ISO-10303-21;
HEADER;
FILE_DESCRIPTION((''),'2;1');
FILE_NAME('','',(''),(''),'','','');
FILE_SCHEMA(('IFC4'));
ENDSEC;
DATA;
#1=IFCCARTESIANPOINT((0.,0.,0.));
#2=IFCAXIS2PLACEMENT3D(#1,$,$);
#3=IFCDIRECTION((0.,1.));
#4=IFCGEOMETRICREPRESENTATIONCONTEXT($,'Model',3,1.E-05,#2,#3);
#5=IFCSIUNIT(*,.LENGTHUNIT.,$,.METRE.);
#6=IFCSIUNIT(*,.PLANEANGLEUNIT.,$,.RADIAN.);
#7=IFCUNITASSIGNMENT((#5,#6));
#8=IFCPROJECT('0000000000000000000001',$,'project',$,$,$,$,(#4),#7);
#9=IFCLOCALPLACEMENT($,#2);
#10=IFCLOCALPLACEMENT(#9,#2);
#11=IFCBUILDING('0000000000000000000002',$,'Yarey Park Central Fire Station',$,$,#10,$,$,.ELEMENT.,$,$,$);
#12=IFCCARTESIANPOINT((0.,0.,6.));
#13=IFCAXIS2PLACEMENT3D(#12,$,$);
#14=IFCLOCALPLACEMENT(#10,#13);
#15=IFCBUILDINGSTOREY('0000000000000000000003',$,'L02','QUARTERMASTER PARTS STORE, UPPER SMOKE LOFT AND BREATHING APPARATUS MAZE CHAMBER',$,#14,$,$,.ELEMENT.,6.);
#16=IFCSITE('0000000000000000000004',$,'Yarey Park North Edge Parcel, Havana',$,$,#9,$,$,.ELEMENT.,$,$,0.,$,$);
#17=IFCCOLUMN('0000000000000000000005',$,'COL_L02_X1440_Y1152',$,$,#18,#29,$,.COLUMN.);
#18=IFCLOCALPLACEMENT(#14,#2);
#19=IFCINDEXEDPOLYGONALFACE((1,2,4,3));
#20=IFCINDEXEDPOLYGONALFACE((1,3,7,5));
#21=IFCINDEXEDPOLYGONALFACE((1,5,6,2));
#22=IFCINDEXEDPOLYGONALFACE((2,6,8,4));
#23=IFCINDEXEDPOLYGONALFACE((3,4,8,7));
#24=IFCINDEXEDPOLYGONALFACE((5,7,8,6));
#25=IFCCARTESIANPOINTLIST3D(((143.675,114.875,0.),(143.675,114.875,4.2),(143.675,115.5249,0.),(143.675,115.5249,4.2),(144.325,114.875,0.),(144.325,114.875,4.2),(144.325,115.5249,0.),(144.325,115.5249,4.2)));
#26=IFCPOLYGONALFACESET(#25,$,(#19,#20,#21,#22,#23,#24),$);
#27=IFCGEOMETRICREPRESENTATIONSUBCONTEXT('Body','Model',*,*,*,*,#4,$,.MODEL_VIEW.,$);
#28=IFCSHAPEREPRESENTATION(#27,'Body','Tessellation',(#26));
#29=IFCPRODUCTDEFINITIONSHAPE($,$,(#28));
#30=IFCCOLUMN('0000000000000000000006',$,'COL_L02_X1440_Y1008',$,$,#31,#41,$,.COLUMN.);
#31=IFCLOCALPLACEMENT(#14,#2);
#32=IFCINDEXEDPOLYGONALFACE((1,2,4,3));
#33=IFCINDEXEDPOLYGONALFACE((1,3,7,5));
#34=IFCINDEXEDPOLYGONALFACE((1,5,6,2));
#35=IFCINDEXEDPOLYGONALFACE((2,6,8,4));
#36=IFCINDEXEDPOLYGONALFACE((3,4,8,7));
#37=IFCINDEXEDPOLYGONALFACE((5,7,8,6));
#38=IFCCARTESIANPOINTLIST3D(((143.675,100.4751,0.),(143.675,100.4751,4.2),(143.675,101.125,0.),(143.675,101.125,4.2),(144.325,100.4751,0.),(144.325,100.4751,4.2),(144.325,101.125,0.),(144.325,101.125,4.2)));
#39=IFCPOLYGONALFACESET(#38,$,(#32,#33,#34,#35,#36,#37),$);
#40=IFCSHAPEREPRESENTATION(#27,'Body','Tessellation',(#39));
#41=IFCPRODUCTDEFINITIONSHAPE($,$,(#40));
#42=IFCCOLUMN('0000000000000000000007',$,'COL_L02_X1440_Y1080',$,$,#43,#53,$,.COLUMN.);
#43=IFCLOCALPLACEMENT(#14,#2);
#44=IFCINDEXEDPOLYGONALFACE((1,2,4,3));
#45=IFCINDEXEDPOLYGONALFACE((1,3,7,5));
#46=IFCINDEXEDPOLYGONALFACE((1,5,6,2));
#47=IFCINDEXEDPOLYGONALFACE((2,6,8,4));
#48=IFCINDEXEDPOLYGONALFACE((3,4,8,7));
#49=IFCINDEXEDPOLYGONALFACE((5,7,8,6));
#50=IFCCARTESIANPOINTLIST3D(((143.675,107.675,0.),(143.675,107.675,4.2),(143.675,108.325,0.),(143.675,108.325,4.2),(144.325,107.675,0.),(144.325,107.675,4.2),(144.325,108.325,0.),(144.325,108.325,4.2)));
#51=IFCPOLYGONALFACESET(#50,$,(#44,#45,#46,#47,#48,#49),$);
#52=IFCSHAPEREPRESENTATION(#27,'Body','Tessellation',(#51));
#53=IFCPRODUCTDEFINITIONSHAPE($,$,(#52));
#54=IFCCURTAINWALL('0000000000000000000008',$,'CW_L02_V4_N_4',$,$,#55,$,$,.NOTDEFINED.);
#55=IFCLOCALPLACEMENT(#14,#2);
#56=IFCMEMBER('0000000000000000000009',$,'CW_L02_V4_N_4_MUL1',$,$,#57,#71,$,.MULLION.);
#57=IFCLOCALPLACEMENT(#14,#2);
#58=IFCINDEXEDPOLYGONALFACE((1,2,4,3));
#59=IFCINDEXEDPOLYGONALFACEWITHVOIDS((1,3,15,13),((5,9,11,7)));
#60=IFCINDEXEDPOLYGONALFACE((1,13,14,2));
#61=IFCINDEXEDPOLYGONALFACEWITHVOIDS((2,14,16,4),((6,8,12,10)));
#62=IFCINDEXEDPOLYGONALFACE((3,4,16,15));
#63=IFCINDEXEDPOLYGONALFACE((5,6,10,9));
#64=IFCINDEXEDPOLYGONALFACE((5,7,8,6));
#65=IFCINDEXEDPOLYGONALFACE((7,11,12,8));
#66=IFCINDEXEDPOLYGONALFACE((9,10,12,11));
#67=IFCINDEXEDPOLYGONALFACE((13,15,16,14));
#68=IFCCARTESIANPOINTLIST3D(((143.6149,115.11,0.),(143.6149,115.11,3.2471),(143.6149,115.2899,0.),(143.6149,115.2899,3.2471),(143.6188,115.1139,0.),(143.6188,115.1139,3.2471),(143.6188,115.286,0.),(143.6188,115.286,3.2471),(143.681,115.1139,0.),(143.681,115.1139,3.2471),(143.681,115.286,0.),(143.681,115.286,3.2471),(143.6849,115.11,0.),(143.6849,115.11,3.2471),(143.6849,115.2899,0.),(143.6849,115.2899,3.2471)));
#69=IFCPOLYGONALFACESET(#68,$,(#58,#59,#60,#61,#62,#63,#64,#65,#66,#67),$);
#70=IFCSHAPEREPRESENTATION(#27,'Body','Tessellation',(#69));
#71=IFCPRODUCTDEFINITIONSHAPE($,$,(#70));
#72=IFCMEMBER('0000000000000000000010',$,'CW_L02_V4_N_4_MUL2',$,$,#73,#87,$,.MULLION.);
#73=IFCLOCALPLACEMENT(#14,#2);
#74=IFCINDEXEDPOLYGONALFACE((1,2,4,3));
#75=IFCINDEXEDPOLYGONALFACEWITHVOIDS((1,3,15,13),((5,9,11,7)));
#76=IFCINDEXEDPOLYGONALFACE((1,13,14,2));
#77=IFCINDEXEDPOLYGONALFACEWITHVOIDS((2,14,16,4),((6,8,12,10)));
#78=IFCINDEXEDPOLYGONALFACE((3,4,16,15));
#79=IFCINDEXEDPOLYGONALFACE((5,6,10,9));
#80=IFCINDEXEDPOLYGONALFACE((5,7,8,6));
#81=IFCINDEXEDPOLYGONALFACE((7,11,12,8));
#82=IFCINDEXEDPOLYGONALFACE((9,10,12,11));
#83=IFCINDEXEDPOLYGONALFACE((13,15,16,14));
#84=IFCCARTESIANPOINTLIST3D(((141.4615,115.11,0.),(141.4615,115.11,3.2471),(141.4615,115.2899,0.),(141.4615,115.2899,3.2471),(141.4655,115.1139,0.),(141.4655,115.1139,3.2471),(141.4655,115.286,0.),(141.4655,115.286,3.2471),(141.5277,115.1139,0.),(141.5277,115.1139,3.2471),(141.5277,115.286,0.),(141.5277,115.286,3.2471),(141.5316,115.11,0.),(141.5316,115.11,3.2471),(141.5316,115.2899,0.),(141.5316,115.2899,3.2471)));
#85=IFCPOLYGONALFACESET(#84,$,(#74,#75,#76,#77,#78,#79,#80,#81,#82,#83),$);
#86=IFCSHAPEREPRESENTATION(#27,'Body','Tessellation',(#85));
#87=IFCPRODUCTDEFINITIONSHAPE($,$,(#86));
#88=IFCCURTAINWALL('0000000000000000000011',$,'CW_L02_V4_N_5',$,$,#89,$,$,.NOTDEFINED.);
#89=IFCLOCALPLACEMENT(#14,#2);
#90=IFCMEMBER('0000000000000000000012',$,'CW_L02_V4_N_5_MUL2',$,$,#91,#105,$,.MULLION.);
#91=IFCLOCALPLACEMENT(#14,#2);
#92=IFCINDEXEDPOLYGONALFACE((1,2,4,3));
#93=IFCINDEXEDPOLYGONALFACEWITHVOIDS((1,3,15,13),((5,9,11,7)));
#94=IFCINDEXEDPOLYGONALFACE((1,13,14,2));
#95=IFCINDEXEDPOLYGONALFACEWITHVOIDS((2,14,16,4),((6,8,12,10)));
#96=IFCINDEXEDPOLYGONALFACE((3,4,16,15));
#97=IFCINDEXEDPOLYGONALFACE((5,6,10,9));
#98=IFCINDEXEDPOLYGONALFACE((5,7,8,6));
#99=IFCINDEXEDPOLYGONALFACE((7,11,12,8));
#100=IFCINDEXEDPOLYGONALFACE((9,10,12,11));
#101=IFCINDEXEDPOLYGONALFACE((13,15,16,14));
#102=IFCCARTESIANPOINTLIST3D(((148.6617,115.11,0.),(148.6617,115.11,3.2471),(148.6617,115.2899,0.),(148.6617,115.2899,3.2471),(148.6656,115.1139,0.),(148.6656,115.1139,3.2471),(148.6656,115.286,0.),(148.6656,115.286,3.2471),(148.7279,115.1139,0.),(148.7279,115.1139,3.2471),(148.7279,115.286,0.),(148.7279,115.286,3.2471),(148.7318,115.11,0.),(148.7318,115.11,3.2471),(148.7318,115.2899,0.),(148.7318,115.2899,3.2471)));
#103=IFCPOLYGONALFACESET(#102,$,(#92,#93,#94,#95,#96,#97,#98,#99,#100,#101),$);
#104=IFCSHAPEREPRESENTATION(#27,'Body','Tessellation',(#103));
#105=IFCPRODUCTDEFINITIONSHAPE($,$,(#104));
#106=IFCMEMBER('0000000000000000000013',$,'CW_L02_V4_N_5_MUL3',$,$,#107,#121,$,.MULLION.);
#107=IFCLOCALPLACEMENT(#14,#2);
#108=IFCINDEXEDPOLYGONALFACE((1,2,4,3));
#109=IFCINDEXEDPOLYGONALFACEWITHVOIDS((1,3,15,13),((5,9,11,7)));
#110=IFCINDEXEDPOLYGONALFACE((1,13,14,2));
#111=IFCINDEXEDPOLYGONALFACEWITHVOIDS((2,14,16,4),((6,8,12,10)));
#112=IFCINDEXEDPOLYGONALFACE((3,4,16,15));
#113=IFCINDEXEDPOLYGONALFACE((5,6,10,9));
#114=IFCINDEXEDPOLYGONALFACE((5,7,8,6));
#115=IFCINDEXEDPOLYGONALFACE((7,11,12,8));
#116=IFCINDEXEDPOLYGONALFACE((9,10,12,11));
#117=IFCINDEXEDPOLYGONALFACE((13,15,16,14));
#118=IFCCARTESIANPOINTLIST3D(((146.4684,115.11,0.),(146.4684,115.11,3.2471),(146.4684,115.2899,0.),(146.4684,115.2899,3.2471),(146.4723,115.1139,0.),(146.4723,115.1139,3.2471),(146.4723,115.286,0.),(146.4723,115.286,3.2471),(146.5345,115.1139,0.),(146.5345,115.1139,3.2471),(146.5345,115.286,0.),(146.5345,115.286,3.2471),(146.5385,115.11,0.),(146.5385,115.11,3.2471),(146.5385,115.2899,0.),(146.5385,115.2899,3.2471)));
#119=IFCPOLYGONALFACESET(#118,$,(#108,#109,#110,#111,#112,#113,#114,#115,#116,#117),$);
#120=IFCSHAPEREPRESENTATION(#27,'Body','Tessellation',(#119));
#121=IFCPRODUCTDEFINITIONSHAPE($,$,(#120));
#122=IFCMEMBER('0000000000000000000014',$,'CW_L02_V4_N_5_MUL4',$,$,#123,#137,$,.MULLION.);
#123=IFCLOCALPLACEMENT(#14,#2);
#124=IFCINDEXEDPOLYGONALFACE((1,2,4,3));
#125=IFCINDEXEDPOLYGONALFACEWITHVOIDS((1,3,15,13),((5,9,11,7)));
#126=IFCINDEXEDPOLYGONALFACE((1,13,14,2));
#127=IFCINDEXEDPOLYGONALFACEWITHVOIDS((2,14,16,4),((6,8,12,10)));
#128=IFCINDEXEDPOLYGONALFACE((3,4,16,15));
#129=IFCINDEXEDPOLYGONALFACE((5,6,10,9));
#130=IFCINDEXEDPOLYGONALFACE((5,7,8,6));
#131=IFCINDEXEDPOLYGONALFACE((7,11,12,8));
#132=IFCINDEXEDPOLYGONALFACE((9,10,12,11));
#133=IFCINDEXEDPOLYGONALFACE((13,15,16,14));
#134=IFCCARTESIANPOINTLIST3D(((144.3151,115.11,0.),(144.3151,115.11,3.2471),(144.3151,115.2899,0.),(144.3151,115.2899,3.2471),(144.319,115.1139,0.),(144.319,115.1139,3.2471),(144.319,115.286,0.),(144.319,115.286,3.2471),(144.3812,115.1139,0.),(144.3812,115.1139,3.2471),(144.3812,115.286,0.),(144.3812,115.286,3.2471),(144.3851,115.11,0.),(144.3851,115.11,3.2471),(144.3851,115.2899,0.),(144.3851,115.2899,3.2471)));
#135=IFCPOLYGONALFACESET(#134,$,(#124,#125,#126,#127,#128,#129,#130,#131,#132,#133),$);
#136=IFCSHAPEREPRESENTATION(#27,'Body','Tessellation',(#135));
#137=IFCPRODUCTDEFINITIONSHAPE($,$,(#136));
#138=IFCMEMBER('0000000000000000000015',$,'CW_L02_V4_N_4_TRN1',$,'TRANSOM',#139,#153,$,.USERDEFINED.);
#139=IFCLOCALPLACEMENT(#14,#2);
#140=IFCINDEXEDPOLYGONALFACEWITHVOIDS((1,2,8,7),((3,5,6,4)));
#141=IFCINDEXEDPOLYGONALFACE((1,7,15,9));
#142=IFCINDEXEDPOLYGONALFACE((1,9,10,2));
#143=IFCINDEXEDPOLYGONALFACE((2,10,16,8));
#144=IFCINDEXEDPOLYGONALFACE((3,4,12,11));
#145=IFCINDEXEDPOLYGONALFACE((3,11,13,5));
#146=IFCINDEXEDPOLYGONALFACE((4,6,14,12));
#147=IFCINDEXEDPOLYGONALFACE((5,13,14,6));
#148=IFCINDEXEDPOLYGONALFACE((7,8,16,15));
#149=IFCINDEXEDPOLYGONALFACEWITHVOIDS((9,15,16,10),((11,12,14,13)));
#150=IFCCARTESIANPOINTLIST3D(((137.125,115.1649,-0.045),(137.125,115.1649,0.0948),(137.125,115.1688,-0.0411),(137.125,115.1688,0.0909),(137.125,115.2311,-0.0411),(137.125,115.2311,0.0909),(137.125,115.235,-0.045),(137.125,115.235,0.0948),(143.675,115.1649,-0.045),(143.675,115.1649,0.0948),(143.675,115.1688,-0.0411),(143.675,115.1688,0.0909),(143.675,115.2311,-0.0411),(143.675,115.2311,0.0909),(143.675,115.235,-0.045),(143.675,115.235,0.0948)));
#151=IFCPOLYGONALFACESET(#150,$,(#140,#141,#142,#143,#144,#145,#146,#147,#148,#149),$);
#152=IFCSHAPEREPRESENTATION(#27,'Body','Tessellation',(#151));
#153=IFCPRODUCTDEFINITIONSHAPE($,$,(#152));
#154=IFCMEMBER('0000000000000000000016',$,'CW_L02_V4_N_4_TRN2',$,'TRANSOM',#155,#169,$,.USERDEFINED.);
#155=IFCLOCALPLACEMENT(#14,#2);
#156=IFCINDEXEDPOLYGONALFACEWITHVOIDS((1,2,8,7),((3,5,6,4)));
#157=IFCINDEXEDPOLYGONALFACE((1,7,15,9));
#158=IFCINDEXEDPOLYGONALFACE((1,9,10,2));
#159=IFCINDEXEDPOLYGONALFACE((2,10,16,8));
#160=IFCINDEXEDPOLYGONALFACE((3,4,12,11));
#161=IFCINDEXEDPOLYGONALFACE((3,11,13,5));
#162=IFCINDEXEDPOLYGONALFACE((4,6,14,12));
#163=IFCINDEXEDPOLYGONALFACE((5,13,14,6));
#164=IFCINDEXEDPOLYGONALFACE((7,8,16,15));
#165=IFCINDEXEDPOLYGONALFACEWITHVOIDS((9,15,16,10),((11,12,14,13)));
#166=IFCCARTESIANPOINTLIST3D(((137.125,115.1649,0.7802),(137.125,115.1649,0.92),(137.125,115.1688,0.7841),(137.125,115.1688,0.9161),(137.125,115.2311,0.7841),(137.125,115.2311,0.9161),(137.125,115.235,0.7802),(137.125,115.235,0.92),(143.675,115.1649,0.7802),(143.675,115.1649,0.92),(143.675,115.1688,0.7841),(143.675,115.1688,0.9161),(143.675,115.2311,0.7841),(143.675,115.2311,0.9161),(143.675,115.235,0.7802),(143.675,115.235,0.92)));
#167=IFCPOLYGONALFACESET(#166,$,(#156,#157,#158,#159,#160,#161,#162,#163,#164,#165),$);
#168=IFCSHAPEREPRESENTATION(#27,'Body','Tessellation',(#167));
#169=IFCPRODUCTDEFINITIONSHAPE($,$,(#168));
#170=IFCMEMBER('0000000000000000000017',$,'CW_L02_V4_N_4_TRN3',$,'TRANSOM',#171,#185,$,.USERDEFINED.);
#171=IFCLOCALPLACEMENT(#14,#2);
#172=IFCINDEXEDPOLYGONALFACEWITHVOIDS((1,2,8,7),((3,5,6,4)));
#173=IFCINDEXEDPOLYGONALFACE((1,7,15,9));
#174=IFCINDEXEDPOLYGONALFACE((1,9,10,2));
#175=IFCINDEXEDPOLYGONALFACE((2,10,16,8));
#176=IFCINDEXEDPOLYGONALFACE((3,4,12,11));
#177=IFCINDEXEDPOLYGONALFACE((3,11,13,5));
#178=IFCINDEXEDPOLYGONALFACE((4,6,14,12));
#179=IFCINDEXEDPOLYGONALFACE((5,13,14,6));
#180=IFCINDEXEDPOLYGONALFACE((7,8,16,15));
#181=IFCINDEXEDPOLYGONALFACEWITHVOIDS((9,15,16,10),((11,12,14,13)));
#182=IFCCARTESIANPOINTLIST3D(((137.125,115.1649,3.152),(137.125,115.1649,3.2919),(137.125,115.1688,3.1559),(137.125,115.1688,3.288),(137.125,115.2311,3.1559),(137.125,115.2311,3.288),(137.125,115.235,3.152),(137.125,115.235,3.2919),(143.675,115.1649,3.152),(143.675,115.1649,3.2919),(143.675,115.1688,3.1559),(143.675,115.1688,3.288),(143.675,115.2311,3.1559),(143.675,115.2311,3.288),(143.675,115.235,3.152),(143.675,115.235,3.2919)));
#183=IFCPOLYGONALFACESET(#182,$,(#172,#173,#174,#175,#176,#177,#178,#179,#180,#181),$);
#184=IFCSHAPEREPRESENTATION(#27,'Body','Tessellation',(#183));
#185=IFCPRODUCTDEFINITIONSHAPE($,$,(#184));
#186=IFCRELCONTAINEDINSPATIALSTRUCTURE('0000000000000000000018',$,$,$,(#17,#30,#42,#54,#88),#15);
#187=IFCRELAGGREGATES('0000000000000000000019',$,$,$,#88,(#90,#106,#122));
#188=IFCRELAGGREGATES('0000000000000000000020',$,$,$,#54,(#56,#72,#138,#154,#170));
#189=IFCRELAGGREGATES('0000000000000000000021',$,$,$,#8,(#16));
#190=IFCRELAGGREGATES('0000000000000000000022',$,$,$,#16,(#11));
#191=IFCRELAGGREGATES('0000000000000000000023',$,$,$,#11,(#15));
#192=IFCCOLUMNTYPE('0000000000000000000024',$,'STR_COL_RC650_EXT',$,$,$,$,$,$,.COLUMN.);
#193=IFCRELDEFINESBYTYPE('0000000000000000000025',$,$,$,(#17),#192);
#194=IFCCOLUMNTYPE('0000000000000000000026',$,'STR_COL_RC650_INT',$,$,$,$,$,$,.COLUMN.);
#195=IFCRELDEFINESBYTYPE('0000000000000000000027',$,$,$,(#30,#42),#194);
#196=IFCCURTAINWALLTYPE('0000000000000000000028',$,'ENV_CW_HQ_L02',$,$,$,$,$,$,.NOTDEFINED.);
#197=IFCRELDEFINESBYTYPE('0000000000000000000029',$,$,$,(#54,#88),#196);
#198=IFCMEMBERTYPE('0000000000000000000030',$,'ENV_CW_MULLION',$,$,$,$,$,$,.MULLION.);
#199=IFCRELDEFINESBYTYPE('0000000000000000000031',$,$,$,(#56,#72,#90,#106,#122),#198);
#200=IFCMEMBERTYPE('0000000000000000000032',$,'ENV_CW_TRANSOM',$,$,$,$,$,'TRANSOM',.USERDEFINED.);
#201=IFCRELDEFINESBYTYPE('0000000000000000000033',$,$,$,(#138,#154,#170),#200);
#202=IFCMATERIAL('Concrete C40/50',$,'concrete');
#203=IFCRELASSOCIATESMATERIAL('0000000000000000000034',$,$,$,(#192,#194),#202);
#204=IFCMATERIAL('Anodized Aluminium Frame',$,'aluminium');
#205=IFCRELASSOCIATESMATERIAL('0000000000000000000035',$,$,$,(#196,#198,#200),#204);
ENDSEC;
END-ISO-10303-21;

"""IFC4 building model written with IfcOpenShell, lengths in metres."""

from ifc_helpers import new_model, si_unit, direction, frame, origin, origin_2d, place, context, subcontext, project, spatial, rectangle, hollow_rectangle, extrude, material, material_profile, profile_set, type_object, element, aggregate, save


model = new_model("IFC4")

# Units and contexts
model_context = context("Model", 3, precision=1e-05, world=origin(), true_north=direction((0.0, 1.0)))
body_context = subcontext(model_context, "Body", "Model", "MODEL_VIEW")
ifc_project = project(units=[si_unit("LENGTHUNIT", "METRE"), si_unit("PLANEANGLEUNIT", "RADIAN")], contexts=[model_context])

# Site, building, storey
site_placement = place(None, origin())
site = spatial("IfcSite", under=ifc_project, at=site_placement, Name="Yarey Park North Edge Parcel, Havana", CompositionType="ELEMENT", RefElevation=0.0)
building_placement = place(site_placement, origin())
building = spatial("IfcBuilding", under=site, at=building_placement, Name="Yarey Park Central Fire Station", CompositionType="ELEMENT")
storey_placement = place(building_placement, frame((0.0, 0.0, 6.0)))
storey = spatial("IfcBuildingStorey", under=building, at=storey_placement, Name="L02", Description="QUARTERMASTER PARTS STORE, UPPER SMOKE LOFT AND BREATHING APPARATUS MAZE CHAMBER", CompositionType="ELEMENT", Elevation=6.0)

# Columns
ifc_material_1 = material(Name="Concrete C40/50", Category="concrete")
ifc_material_profile_1 = material_profile(ifc_material_1, rectangle(XDim=0.6499, YDim=0.6499, at=origin_2d()), Name="RC 650x650")
ifc_profile_set_1 = profile_set([ifc_material_profile_1], Name="Concrete C40/50")
column_type_1 = type_object("IfcColumnType", Name="STR_COL_RC650_EXT", PredefinedType="COLUMN", material=ifc_profile_set_1)
column_placement = place(storey_placement, frame((144.0, 115.2, 0.0), z_axis=(0.0, 0.0, 1.0), x_axis=(1.0, 0.0, 0.0)))
element("IfcColumn", 1, at=column_placement, inside=storey, type_object=column_type_1, Name="COL_L02_X1440_Y1152", PredefinedType="COLUMN", context=body_context, shape_type="SweptSolid", body=[
    extrude(rectangle(XDim=0.6499, YDim=0.6499, at=origin_2d()), origin(), (0.0, 0.0, 1.0), 4.2),
])
ifc_material_profile_2 = material_profile(ifc_material_1, rectangle(XDim=0.6499, YDim=0.6499, at=origin_2d()), Name="RC 650x650")
ifc_profile_set_2 = profile_set([ifc_material_profile_2], Name="Concrete C40/50")
column_type_2 = type_object("IfcColumnType", Name="STR_COL_RC650_INT", PredefinedType="COLUMN", material=ifc_profile_set_2)
for number, where, z_axis, x_axis, name in (
    (2, (144.0, 100.8, 0.0), (0.0, 0.0, 1.0), (1.0, 0.0, 0.0), "COL_L02_X1440_Y1008"),
    (3, (144.0, 108.0, 0.0), (0.0, 0.0, 1.0), (1.0, 0.0, 0.0), "COL_L02_X1440_Y1080"),
):
    element("IfcColumn", number, at=place(storey_placement, frame(where, z_axis=z_axis, x_axis=x_axis)), inside=storey, type_object=column_type_2, Name=name, PredefinedType="COLUMN", context=body_context, shape_type="SweptSolid", body=[
        extrude(rectangle(XDim=0.6499, YDim=0.6499, at=origin_2d()), origin(), (0.0, 0.0, 1.0), 4.2),
    ])

# Curtain walls, members
ifc_material_2 = material(Name="Anodized Aluminium Frame", Category="aluminium")
curtain_wall_type = type_object("IfcCurtainWallType", Name="ENV_CW_HQ_L02", PredefinedType="NOTDEFINED", material=ifc_material_2)
curtain_wall_1_placement = place(storey_placement, origin())
curtain_wall_1 = element("IfcCurtainWall", 4, at=curtain_wall_1_placement, inside=storey, type_object=curtain_wall_type, Name="CW_L02_V4_N_4", PredefinedType="NOTDEFINED")
ifc_material_profile_3 = material_profile(ifc_material_2, hollow_rectangle(XDim=0.0701, YDim=0.1799, WallThickness=0.0039, at=origin_2d()), Name="ALU 180x70x4")
ifc_profile_set_3 = profile_set([ifc_material_profile_3], Name="Anodized Aluminium Frame")
member_type_1 = type_object("IfcMemberType", Name="ENV_CW_MULLION", PredefinedType="MULLION", material=ifc_profile_set_3)
member_1_placement = place(storey_placement, frame((143.6499, 115.2, 0.0), z_axis=(0.0, 0.0, 1.0), x_axis=(1.0, 0.0, 0.0)))
member_1 = element("IfcMember", 5, at=member_1_placement, type_object=member_type_1, Name="CW_L02_V4_N_4_MUL1", PredefinedType="MULLION", context=body_context, shape_type="SweptSolid", body=[
    extrude(hollow_rectangle(XDim=0.0701, YDim=0.1799, WallThickness=0.0039, at=origin_2d()), origin(), (0.0, 0.0, 1.0), 3.2471),
])
member_2_placement = place(storey_placement, frame((141.4966, 115.2, 0.0), z_axis=(0.0, 0.0, 1.0), x_axis=(1.0, 0.0, 0.0)))
member_2 = element("IfcMember", 6, at=member_2_placement, type_object=member_type_1, Name="CW_L02_V4_N_4_MUL2", PredefinedType="MULLION", context=body_context, shape_type="SweptSolid", body=[
    extrude(hollow_rectangle(XDim=0.0701, YDim=0.1799, WallThickness=0.0039, at=origin_2d()), origin(), (0.0, 0.0, 1.0), 3.2471),
])
curtain_wall_2_placement = place(storey_placement, origin())
curtain_wall_2 = element("IfcCurtainWall", 7, at=curtain_wall_2_placement, inside=storey, type_object=curtain_wall_type, Name="CW_L02_V4_N_5", PredefinedType="NOTDEFINED")
member_3_placement = place(storey_placement, frame((148.6968, 115.2, 0.0), z_axis=(0.0, 0.0, 1.0), x_axis=(1.0, 0.0, 0.0)))
member_3 = element("IfcMember", 8, at=member_3_placement, type_object=member_type_1, Name="CW_L02_V4_N_5_MUL2", PredefinedType="MULLION", context=body_context, shape_type="SweptSolid", body=[
    extrude(hollow_rectangle(XDim=0.0701, YDim=0.1799, WallThickness=0.0039, at=origin_2d()), origin(), (0.0, 0.0, 1.0), 3.2471),
])
member_4_placement = place(storey_placement, frame((146.5034, 115.2, 0.0), z_axis=(0.0, 0.0, 1.0), x_axis=(1.0, 0.0, 0.0)))
member_4 = element("IfcMember", 9, at=member_4_placement, type_object=member_type_1, Name="CW_L02_V4_N_5_MUL3", PredefinedType="MULLION", context=body_context, shape_type="SweptSolid", body=[
    extrude(hollow_rectangle(XDim=0.0701, YDim=0.1799, WallThickness=0.0039, at=origin_2d()), origin(), (0.0, 0.0, 1.0), 3.2471),
])
member_5_placement = place(storey_placement, frame((144.3501, 115.2, 0.0), z_axis=(0.0, 0.0, 1.0), x_axis=(1.0, 0.0, 0.0)))
member_5 = element("IfcMember", 10, at=member_5_placement, type_object=member_type_1, Name="CW_L02_V4_N_5_MUL4", PredefinedType="MULLION", context=body_context, shape_type="SweptSolid", body=[
    extrude(hollow_rectangle(XDim=0.0701, YDim=0.1799, WallThickness=0.0039, at=origin_2d()), origin(), (0.0, 0.0, 1.0), 3.2471),
])

# Members
ifc_material_profile_4 = material_profile(ifc_material_2, hollow_rectangle(XDim=0.0701, YDim=0.1399, WallThickness=0.0039, at=origin_2d()), Name="ALU 140x70x4")
ifc_profile_set_4 = profile_set([ifc_material_profile_4], Name="Anodized Aluminium Frame")
member_type_2 = type_object("IfcMemberType", Name="ENV_CW_TRANSOM", ElementType="TRANSOM", PredefinedType="USERDEFINED", material=ifc_profile_set_4)
member_6_placement = place(storey_placement, frame((143.675, 115.2, 0.0249), z_axis=(-1.0, 0.0, 0.0), x_axis=(0.0, -1.0, 0.0)))
member_6 = element("IfcMember", 11, at=member_6_placement, type_object=member_type_2, Name="CW_L02_V4_N_4_TRN1", ObjectType="TRANSOM", PredefinedType="USERDEFINED", context=body_context, shape_type="SweptSolid", body=[
    extrude(hollow_rectangle(XDim=0.0701, YDim=0.1399, WallThickness=0.0039, at=origin_2d()), origin(), (0.0, 0.0, 1.0), 6.55),
])
member_7_placement = place(storey_placement, frame((143.675, 115.2, 0.8501), z_axis=(-1.0, 0.0, 0.0), x_axis=(0.0, -1.0, 0.0)))
member_7 = element("IfcMember", 12, at=member_7_placement, type_object=member_type_2, Name="CW_L02_V4_N_4_TRN2", ObjectType="TRANSOM", PredefinedType="USERDEFINED", context=body_context, shape_type="SweptSolid", body=[
    extrude(hollow_rectangle(XDim=0.0701, YDim=0.1399, WallThickness=0.0039, at=origin_2d()), origin(), (0.0, 0.0, 1.0), 6.55),
])
member_8_placement = place(storey_placement, frame((143.675, 115.2, 3.2219), z_axis=(-1.0, 0.0, 0.0), x_axis=(0.0, -1.0, 0.0)))
member_8 = element("IfcMember", 13, at=member_8_placement, type_object=member_type_2, Name="CW_L02_V4_N_4_TRN3", ObjectType="TRANSOM", PredefinedType="USERDEFINED", context=body_context, shape_type="SweptSolid", body=[
    extrude(hollow_rectangle(XDim=0.0701, YDim=0.1399, WallThickness=0.0039, at=origin_2d()), origin(), (0.0, 0.0, 1.0), 6.55),
])

aggregate(curtain_wall_2, [member_3, member_4, member_5])
aggregate(curtain_wall_1, [member_1, member_2, member_6, member_7, member_8])

save(model, "model.ifc")
